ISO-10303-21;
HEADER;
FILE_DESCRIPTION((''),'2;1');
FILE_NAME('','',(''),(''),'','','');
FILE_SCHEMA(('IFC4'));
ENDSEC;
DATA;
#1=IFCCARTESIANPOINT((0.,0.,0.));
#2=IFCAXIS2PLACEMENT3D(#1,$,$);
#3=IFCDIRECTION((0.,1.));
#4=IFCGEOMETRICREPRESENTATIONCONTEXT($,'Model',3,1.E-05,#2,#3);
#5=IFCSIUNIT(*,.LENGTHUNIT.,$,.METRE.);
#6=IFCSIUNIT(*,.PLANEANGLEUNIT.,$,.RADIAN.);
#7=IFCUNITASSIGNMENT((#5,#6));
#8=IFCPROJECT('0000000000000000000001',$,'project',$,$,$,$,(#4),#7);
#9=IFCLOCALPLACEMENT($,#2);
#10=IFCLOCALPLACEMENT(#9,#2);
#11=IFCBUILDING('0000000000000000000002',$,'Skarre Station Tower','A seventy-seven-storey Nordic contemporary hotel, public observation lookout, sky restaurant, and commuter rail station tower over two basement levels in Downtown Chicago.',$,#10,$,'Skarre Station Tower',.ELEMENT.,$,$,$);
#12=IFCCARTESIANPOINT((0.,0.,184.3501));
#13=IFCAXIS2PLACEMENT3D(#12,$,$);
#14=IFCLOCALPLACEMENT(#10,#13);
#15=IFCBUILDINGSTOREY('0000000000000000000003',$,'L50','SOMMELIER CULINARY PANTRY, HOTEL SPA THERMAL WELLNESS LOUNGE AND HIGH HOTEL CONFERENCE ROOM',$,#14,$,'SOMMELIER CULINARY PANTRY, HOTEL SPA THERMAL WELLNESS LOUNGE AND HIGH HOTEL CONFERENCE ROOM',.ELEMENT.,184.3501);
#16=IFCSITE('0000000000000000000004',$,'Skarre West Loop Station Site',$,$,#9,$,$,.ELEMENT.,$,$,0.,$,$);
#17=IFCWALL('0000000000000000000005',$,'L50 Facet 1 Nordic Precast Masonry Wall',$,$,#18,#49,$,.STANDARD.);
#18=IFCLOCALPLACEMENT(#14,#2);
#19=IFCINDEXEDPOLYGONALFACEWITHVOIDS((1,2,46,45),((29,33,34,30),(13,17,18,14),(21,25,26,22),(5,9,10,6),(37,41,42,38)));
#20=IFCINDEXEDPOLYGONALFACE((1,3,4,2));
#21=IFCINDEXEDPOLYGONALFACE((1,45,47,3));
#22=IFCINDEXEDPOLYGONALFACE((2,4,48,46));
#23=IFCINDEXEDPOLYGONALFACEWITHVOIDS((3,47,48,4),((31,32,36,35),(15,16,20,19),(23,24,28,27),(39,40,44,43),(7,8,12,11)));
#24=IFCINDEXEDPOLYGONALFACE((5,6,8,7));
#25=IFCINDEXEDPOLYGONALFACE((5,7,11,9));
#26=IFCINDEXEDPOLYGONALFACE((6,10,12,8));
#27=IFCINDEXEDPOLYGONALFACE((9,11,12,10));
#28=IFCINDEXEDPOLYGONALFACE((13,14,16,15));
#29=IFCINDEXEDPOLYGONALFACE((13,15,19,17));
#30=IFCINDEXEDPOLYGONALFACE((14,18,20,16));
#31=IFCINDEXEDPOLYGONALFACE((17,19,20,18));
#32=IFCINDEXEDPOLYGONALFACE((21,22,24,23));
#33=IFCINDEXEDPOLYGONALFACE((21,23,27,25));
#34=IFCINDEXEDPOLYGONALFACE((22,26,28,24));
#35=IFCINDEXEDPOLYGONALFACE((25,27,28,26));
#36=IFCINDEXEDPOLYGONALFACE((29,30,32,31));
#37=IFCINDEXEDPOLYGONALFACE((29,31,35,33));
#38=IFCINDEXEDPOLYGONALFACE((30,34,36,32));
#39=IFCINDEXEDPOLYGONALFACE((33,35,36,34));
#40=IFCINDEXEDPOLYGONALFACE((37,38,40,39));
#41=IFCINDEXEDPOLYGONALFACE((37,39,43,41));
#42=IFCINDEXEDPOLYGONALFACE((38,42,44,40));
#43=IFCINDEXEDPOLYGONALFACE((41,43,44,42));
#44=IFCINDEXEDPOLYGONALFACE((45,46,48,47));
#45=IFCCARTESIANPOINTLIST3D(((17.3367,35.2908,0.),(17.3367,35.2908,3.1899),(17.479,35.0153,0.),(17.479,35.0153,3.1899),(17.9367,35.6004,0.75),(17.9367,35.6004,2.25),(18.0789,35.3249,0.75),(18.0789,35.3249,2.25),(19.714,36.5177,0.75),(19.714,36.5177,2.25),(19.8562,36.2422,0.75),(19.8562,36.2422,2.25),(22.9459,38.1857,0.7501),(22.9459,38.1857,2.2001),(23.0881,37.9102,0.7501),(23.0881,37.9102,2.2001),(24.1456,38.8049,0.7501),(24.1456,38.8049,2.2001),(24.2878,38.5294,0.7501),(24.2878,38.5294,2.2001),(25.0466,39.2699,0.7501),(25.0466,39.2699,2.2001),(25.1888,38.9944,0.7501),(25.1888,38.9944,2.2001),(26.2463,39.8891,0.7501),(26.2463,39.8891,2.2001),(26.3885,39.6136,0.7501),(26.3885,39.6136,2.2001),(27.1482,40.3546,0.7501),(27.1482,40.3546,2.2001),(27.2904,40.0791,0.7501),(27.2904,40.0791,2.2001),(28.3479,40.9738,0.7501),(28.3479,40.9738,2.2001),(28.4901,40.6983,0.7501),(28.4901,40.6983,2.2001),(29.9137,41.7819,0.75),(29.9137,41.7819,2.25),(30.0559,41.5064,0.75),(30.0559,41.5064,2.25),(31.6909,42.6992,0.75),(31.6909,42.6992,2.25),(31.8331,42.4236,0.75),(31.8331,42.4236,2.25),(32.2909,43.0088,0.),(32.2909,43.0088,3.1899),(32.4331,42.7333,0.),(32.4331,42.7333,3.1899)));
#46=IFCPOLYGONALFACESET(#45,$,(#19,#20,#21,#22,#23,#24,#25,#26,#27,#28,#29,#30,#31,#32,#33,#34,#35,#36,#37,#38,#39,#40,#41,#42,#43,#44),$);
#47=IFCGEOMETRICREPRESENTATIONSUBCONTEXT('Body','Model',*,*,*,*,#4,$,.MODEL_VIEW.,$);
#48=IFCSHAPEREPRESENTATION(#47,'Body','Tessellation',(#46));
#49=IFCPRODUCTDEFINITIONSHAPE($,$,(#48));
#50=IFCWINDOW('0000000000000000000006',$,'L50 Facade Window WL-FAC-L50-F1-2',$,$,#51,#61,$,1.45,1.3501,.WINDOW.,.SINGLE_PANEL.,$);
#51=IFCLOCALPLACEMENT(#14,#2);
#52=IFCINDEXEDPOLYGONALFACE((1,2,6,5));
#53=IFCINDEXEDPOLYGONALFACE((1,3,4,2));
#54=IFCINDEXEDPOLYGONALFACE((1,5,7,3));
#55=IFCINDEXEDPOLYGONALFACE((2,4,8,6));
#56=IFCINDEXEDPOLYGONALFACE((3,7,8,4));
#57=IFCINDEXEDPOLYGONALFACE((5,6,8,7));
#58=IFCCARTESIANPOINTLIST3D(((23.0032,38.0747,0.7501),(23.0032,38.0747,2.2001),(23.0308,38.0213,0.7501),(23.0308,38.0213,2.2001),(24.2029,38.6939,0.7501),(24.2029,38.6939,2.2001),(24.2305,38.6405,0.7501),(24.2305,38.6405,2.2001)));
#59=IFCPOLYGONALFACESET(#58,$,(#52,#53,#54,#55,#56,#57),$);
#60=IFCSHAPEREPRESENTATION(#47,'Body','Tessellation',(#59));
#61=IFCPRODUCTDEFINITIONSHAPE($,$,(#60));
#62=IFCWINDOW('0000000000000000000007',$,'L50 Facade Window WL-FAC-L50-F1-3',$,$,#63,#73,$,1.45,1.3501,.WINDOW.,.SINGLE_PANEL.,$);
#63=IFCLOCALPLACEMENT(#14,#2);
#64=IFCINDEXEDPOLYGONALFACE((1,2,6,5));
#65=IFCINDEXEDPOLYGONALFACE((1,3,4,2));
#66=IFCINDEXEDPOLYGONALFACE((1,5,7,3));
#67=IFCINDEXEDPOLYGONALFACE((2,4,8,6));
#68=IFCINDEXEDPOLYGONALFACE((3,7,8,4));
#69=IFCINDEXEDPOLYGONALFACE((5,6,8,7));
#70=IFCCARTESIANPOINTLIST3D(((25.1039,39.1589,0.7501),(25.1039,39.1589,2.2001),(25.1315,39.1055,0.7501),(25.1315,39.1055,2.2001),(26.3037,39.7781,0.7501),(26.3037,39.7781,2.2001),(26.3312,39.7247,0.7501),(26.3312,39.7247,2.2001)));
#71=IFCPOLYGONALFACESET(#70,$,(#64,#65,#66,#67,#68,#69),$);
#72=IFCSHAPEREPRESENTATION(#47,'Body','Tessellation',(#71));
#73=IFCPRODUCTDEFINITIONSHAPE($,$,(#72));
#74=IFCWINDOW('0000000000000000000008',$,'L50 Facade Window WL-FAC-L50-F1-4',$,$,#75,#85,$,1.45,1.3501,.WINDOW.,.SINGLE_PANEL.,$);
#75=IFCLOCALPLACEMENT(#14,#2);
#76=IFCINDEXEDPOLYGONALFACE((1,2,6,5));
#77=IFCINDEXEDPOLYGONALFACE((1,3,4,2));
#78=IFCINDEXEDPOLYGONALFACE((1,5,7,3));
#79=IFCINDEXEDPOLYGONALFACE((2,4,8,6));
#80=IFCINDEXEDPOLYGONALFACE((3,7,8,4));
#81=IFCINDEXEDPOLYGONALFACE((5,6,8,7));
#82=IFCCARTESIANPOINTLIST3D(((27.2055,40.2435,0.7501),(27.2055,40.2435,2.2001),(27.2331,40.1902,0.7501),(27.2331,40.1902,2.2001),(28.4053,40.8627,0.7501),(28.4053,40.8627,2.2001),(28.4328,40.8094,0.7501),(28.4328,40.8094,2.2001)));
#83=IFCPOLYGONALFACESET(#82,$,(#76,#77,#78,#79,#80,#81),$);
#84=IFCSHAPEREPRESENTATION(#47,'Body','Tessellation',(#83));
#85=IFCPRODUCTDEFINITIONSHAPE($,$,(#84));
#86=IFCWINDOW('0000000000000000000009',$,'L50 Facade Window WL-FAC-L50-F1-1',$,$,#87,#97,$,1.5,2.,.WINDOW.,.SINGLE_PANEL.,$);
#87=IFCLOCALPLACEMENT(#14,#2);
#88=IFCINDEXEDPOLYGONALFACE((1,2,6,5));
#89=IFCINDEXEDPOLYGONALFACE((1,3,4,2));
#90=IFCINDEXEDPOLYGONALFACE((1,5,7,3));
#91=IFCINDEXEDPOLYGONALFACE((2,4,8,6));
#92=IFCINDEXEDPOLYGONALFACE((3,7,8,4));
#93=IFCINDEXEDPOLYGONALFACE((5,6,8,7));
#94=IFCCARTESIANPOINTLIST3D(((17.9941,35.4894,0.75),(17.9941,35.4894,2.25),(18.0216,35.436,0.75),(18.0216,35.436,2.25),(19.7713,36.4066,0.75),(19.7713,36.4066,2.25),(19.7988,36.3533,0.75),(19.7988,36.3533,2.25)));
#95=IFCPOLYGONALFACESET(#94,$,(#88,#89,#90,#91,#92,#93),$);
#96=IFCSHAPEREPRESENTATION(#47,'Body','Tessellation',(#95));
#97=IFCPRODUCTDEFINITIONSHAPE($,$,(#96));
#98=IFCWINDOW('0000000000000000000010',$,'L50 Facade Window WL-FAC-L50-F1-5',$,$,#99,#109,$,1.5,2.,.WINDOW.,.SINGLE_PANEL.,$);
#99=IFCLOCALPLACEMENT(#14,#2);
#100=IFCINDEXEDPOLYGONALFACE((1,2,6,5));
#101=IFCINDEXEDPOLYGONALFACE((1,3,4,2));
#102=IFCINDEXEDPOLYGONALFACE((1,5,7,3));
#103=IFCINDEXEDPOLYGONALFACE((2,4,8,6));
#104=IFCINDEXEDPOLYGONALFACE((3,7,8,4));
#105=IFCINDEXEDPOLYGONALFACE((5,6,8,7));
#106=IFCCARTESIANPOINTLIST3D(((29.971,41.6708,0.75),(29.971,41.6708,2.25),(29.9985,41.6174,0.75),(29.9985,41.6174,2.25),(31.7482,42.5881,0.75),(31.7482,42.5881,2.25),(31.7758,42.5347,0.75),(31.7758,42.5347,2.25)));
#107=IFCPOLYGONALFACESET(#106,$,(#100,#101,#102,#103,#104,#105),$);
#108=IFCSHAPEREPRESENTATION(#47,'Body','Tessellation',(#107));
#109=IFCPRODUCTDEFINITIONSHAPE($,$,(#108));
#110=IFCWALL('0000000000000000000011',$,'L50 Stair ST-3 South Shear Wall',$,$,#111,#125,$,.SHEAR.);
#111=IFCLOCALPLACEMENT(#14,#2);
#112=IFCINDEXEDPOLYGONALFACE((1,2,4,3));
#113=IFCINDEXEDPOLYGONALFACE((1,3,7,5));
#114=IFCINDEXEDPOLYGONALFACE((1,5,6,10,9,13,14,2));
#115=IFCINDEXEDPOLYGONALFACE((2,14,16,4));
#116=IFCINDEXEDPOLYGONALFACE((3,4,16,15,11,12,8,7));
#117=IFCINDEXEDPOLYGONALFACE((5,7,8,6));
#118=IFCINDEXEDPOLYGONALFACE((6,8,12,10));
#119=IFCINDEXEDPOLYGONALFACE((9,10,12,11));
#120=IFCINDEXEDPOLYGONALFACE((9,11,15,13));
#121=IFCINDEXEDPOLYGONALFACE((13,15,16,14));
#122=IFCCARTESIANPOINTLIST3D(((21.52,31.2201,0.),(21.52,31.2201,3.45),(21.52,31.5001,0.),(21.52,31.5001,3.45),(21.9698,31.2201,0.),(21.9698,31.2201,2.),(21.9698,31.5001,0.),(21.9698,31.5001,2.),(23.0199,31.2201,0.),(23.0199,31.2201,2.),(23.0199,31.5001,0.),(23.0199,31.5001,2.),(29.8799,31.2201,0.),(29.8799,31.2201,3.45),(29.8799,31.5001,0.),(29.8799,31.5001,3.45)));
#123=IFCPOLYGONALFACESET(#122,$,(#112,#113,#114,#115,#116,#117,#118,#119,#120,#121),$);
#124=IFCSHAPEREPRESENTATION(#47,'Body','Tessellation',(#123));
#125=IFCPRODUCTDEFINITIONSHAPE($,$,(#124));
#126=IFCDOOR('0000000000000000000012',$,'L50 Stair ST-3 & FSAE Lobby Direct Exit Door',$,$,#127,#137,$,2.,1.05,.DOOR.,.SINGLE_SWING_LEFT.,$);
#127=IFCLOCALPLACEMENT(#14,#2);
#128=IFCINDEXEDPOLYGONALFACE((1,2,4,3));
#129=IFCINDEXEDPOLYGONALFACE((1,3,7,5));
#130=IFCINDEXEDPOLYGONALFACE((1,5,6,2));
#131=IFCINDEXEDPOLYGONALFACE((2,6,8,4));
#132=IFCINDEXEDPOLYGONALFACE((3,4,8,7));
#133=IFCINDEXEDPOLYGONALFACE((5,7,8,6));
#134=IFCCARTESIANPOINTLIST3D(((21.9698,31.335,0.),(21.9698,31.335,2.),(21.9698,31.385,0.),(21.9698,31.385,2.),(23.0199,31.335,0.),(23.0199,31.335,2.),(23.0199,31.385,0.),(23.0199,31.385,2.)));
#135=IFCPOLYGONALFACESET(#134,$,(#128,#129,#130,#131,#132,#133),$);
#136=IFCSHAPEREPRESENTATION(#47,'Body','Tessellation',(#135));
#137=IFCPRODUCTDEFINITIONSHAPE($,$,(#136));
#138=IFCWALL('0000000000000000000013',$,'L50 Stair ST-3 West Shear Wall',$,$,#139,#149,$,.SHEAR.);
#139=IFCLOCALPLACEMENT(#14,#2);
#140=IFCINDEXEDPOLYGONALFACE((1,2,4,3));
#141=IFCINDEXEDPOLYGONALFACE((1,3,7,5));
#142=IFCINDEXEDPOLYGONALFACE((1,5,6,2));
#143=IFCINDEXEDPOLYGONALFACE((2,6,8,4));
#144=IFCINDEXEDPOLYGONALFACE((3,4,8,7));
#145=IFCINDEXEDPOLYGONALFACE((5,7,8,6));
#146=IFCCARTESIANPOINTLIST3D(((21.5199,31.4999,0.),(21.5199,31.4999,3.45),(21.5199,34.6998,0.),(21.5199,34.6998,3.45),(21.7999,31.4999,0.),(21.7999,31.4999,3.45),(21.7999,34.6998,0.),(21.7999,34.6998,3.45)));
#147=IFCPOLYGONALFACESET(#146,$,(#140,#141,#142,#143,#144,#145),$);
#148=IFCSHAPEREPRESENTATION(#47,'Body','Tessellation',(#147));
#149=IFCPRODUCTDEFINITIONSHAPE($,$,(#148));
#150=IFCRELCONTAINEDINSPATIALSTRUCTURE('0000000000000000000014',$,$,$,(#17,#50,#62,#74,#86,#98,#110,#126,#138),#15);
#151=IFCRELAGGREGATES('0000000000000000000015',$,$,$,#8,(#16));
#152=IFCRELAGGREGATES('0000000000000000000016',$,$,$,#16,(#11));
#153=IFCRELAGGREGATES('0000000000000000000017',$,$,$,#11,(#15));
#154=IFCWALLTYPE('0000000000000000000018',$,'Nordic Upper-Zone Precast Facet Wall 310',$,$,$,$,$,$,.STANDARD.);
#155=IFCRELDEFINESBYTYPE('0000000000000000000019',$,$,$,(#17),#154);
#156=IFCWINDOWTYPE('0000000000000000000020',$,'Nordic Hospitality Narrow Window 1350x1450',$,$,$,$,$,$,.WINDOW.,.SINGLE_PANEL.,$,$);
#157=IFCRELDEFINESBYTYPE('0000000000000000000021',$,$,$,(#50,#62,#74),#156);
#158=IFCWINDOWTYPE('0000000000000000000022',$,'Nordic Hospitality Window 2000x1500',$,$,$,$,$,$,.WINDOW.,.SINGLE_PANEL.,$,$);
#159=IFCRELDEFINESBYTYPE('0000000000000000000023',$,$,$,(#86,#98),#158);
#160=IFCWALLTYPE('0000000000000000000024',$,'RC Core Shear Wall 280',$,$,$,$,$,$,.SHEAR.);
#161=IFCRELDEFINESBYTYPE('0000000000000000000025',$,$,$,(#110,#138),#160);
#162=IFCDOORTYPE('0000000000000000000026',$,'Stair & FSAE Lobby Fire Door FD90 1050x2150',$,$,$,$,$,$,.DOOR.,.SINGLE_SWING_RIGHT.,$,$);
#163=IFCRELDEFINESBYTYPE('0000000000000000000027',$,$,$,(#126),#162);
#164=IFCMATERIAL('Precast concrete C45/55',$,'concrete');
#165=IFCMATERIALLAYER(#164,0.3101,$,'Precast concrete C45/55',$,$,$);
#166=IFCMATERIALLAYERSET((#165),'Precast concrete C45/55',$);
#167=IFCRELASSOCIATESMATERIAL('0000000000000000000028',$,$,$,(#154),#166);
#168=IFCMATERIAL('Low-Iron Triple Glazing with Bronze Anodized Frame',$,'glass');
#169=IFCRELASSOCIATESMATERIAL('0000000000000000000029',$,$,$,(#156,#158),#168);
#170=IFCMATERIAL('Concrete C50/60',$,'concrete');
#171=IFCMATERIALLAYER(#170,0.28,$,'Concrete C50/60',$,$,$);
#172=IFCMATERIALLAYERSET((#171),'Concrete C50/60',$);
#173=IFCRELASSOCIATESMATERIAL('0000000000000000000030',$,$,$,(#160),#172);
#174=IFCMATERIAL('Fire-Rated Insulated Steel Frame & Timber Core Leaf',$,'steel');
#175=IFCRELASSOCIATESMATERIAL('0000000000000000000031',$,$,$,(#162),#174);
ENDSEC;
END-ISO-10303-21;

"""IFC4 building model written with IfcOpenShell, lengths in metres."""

from ifc_helpers import new_model, si_unit, direction, frame, frame_2d, origin, place, context, subcontext, project, spatial, rectangle, extrude, material, layer, layer_set, type_object, element, fill, save


model = new_model("IFC4")

# Units and contexts
model_context = context("Model", 3, precision=1e-05, world=origin(), true_north=direction((0.0, 1.0)))
body_context = subcontext(model_context, "Body", "Model", "MODEL_VIEW")
ifc_project = project(units=[si_unit("LENGTHUNIT", "METRE"), si_unit("PLANEANGLEUNIT", "RADIAN")], contexts=[model_context])

# Site, building, storey
site_placement = place(None, origin())
site = spatial("IfcSite", under=ifc_project, at=site_placement, Name="Skarre West Loop Station Site", CompositionType="ELEMENT", RefElevation=0.0)
building_placement = place(site_placement, origin())
building = spatial("IfcBuilding", under=site, at=building_placement, Name="Skarre Station Tower", Description="A seventy-seven-storey Nordic contemporary hotel, public observation lookout, sky restaurant, and commuter rail station tower over two basement levels in Downtown Chicago.", LongName="Skarre Station Tower", CompositionType="ELEMENT")
storey_placement = place(building_placement, frame((0.0, 0.0, 184.3501)))
storey = spatial("IfcBuildingStorey", under=building, at=storey_placement, Name="L50", Description="SOMMELIER CULINARY PANTRY, HOTEL SPA THERMAL WELLNESS LOUNGE AND HIGH HOTEL CONFERENCE ROOM", LongName="SOMMELIER CULINARY PANTRY, HOTEL SPA THERMAL WELLNESS LOUNGE AND HIGH HOTEL CONFERENCE ROOM", CompositionType="ELEMENT", Elevation=184.3501)

# Shared definitions
ifc_material_1 = material(Name="Concrete C50/60", Category="concrete")

# Shared definitions
ifc_material_2 = material(Name="Precast concrete C45/55", Category="concrete")

# Wall, openings, windows
ifc_layer_1 = layer(ifc_material_2, 0.3101, Name="Precast concrete C45/55")
ifc_layer_set_1 = layer_set([ifc_layer_1], Name="Precast concrete C45/55")
wall_type_1 = type_object("IfcWallType", Name="Nordic Upper-Zone Precast Facet Wall 310", PredefinedType="STANDARD", material=ifc_layer_set_1)
wall_1_placement = place(storey_placement, frame((17.408, 35.1531, 0.0), z_axis=(0.0, 0.0, 1.0), x_axis=(0.888626, 0.458632, 0.0)))
wall_1 = element("IfcWall", 1, at=wall_1_placement, inside=storey, type_object=wall_type_1, Name="L50 Facet 1 Nordic Precast Masonry Wall", PredefinedType="STANDARD", context=body_context, shape_type="SweptSolid", body=[
    extrude(rectangle(XDim=16.8284, YDim=0.3101, at=frame_2d((8.4141, 0.0))), origin(), (0.0, 0.0, 1.0), 3.1899),
])
opening_1_placement = place(wall_1_placement, frame((0.675, 0.0, 0.75)))
opening_1 = element("IfcOpeningElement", 2, at=opening_1_placement, cuts=wall_1, PredefinedType="OPENING", context=body_context, shape_type="SweptSolid", body=[
    extrude(rectangle(XDim=2.0, YDim=1.5, at=frame_2d((1.0, 0.75))), frame((0.0, 0.165, 0.0), z_axis=(0.0, -1.0, 0.0), x_axis=(1.0, 0.0, 0.0)), (0.0, 0.0, 1.0), 0.3301),
])
opening_2_placement = place(wall_1_placement, frame((6.312, 0.0, 0.75)))
opening_2 = element("IfcOpeningElement", 3, at=opening_2_placement, cuts=wall_1, PredefinedType="OPENING", context=body_context, shape_type="SweptSolid", body=[
    extrude(rectangle(XDim=1.3501, YDim=1.45, at=frame_2d((0.675, 0.7251))), frame((0.0, 0.165, 0.0), z_axis=(0.0, -1.0, 0.0), x_axis=(1.0, 0.0, 0.0)), (0.0, 0.0, 1.0), 0.3301),
])
opening_3_placement = place(wall_1_placement, frame((8.676, 0.0, 0.75)))
opening_3 = element("IfcOpeningElement", 4, at=opening_3_placement, cuts=wall_1, PredefinedType="OPENING", context=body_context, shape_type="SweptSolid", body=[
    extrude(rectangle(XDim=1.3501, YDim=1.45, at=frame_2d((0.675, 0.7251))), frame((0.0, 0.165, 0.0), z_axis=(0.0, -1.0, 0.0), x_axis=(1.0, 0.0, 0.0)), (0.0, 0.0, 1.0), 0.3301),
])
opening_4_placement = place(wall_1_placement, frame((11.041, 0.0, 0.75)))
opening_4 = element("IfcOpeningElement", 5, at=opening_4_placement, cuts=wall_1, PredefinedType="OPENING", context=body_context, shape_type="SweptSolid", body=[
    extrude(rectangle(XDim=1.3501, YDim=1.45, at=frame_2d((0.675, 0.7251))), frame((0.0, 0.165, 0.0), z_axis=(0.0, -1.0, 0.0), x_axis=(1.0, 0.0, 0.0)), (0.0, 0.0, 1.0), 0.3301),
])
opening_5_placement = place(wall_1_placement, frame((14.1531, 0.0, 0.75)))
opening_5 = element("IfcOpeningElement", 6, at=opening_5_placement, cuts=wall_1, PredefinedType="OPENING", context=body_context, shape_type="SweptSolid", body=[
    extrude(rectangle(XDim=2.0, YDim=1.5, at=frame_2d((1.0, 0.75))), frame((0.0, 0.165, 0.0), z_axis=(0.0, -1.0, 0.0), x_axis=(1.0, 0.0, 0.0)), (0.0, 0.0, 1.0), 0.3301),
])
ifc_material_3 = material(Name="Low-Iron Triple Glazing with Bronze Anodized Frame", Category="glass")
window_type_1 = type_object("IfcWindowType", Name="Nordic Hospitality Narrow Window 1350x1450", PartitioningType="SINGLE_PANEL", PredefinedType="WINDOW", material=ifc_material_3)
window_1_placement = place(opening_2_placement, origin())
window_1 = element("IfcWindow", 7, at=window_1_placement, inside=storey, type_object=window_type_1, Name="L50 Facade Window WL-FAC-L50-F1-2", OverallHeight=1.45, OverallWidth=1.3501, PartitioningType="SINGLE_PANEL", PredefinedType="WINDOW", context=body_context, shape_type="SweptSolid", body=[
    extrude(rectangle(XDim=1.3501, YDim=1.45, at=frame_2d((0.675, 0.7251))), frame((0.0, 0.03, 0.0), z_axis=(0.0, -1.0, 0.0), x_axis=(1.0, 0.0, 0.0)), (0.0, 0.0, 1.0), 0.0601),
])
fill(opening_2, window_1)
window_2_placement = place(opening_3_placement, origin())
window_2 = element("IfcWindow", 8, at=window_2_placement, inside=storey, type_object=window_type_1, Name="L50 Facade Window WL-FAC-L50-F1-3", OverallHeight=1.45, OverallWidth=1.3501, PartitioningType="SINGLE_PANEL", PredefinedType="WINDOW", context=body_context, shape_type="SweptSolid", body=[
    extrude(rectangle(XDim=1.3501, YDim=1.45, at=frame_2d((0.675, 0.7251))), frame((0.0, 0.03, 0.0), z_axis=(0.0, -1.0, 0.0), x_axis=(1.0, 0.0, 0.0)), (0.0, 0.0, 1.0), 0.0601),
])
fill(opening_3, window_2)
window_3_placement = place(opening_4_placement, origin())
window_3 = element("IfcWindow", 9, at=window_3_placement, inside=storey, type_object=window_type_1, Name="L50 Facade Window WL-FAC-L50-F1-4", OverallHeight=1.45, OverallWidth=1.3501, PartitioningType="SINGLE_PANEL", PredefinedType="WINDOW", context=body_context, shape_type="SweptSolid", body=[
    extrude(rectangle(XDim=1.3501, YDim=1.45, at=frame_2d((0.675, 0.7251))), frame((0.0, 0.03, 0.0), z_axis=(0.0, -1.0, 0.0), x_axis=(1.0, 0.0, 0.0)), (0.0, 0.0, 1.0), 0.0601),
])
fill(opening_4, window_3)
window_type_2 = type_object("IfcWindowType", Name="Nordic Hospitality Window 2000x1500", PartitioningType="SINGLE_PANEL", PredefinedType="WINDOW", material=ifc_material_3)
window_4_placement = place(opening_1_placement, origin())
window_4 = element("IfcWindow", 10, at=window_4_placement, inside=storey, type_object=window_type_2, Name="L50 Facade Window WL-FAC-L50-F1-1", OverallHeight=1.5, OverallWidth=2.0, PartitioningType="SINGLE_PANEL", PredefinedType="WINDOW", context=body_context, shape_type="SweptSolid", body=[
    extrude(rectangle(XDim=2.0, YDim=1.5, at=frame_2d((1.0, 0.75))), frame((0.0, 0.03, 0.0), z_axis=(0.0, -1.0, 0.0), x_axis=(1.0, 0.0, 0.0)), (0.0, 0.0, 1.0), 0.0601),
])
fill(opening_1, window_4)
window_5_placement = place(opening_5_placement, origin())
window_5 = element("IfcWindow", 11, at=window_5_placement, inside=storey, type_object=window_type_2, Name="L50 Facade Window WL-FAC-L50-F1-5", OverallHeight=1.5, OverallWidth=2.0, PartitioningType="SINGLE_PANEL", PredefinedType="WINDOW", context=body_context, shape_type="SweptSolid", body=[
    extrude(rectangle(XDim=2.0, YDim=1.5, at=frame_2d((1.0, 0.75))), frame((0.0, 0.03, 0.0), z_axis=(0.0, -1.0, 0.0), x_axis=(1.0, 0.0, 0.0)), (0.0, 0.0, 1.0), 0.0601),
])
fill(opening_5, window_5)

# Wall, opening, door
ifc_layer_2 = layer(ifc_material_1, 0.28, Name="Concrete C50/60")
ifc_layer_set_2 = layer_set([ifc_layer_2], Name="Concrete C50/60")
wall_type_2 = type_object("IfcWallType", Name="RC Core Shear Wall 280", PredefinedType="SHEAR", material=ifc_layer_set_2)
wall_2_placement = place(storey_placement, frame((21.52, 31.3601, 0.0), z_axis=(0.0, 0.0, 1.0), x_axis=(1.0, 0.0, 0.0)))
wall_2 = element("IfcWall", 12, at=wall_2_placement, inside=storey, type_object=wall_type_2, Name="L50 Stair ST-3 South Shear Wall", PredefinedType="SHEAR", context=body_context, shape_type="SweptSolid", body=[
    extrude(rectangle(XDim=8.3599, YDim=0.28, at=frame_2d((4.1799, 0.0))), origin(), (0.0, 0.0, 1.0), 3.45),
])
opening_6_placement = place(wall_2_placement, frame((0.45, 0.0, 0.0)))
opening_6 = element("IfcOpeningElement", 13, at=opening_6_placement, cuts=wall_2, PredefinedType="OPENING", context=body_context, shape_type="SweptSolid", body=[
    extrude(rectangle(XDim=1.05, YDim=2.0, at=frame_2d((0.5249, 1.0))), frame((0.0, 0.1499, 0.0), z_axis=(0.0, -1.0, 0.0), x_axis=(1.0, 0.0, 0.0)), (0.0, 0.0, 1.0), 0.3),
])
ifc_material_4 = material(Name="Fire-Rated Insulated Steel Frame & Timber Core Leaf", Category="steel")
door_type_1 = type_object("IfcDoorType", Name="Stair & FSAE Lobby Fire Door FD90 1050x2150", OperationType="SINGLE_SWING_RIGHT", PredefinedType="DOOR", material=ifc_material_4)
door_1_placement = place(opening_6_placement, origin())
door_1 = element("IfcDoor", 14, at=door_1_placement, inside=storey, type_object=door_type_1, Name="L50 Stair ST-3 & FSAE Lobby Direct Exit Door", OperationType="SINGLE_SWING_LEFT", OverallHeight=2.0, OverallWidth=1.05, PredefinedType="DOOR", context=body_context, shape_type="SweptSolid", body=[
    extrude(rectangle(XDim=1.05, YDim=2.0, at=frame_2d((0.5249, 1.0))), frame((0.0, 0.0249, 0.0), z_axis=(0.0, -1.0, 0.0), x_axis=(1.0, 0.0, 0.0)), (0.0, 0.0, 1.0), 0.05),
])
fill(opening_6, door_1)

# Wall
wall_3_placement = place(storey_placement, frame((21.6599, 34.7, 0.0), z_axis=(0.0, 0.0, 1.0), x_axis=(0.0, -1.0, 0.0)))
element("IfcWall", 15, at=wall_3_placement, inside=storey, type_object=wall_type_2, Name="L50 Stair ST-3 West Shear Wall", PredefinedType="SHEAR", context=body_context, shape_type="SweptSolid", body=[
    extrude(rectangle(XDim=3.2, YDim=0.28, at=frame_2d((1.6001, 0.0))), origin(), (0.0, 0.0, 1.0), 3.45),
])

save(model, "model.ifc")
